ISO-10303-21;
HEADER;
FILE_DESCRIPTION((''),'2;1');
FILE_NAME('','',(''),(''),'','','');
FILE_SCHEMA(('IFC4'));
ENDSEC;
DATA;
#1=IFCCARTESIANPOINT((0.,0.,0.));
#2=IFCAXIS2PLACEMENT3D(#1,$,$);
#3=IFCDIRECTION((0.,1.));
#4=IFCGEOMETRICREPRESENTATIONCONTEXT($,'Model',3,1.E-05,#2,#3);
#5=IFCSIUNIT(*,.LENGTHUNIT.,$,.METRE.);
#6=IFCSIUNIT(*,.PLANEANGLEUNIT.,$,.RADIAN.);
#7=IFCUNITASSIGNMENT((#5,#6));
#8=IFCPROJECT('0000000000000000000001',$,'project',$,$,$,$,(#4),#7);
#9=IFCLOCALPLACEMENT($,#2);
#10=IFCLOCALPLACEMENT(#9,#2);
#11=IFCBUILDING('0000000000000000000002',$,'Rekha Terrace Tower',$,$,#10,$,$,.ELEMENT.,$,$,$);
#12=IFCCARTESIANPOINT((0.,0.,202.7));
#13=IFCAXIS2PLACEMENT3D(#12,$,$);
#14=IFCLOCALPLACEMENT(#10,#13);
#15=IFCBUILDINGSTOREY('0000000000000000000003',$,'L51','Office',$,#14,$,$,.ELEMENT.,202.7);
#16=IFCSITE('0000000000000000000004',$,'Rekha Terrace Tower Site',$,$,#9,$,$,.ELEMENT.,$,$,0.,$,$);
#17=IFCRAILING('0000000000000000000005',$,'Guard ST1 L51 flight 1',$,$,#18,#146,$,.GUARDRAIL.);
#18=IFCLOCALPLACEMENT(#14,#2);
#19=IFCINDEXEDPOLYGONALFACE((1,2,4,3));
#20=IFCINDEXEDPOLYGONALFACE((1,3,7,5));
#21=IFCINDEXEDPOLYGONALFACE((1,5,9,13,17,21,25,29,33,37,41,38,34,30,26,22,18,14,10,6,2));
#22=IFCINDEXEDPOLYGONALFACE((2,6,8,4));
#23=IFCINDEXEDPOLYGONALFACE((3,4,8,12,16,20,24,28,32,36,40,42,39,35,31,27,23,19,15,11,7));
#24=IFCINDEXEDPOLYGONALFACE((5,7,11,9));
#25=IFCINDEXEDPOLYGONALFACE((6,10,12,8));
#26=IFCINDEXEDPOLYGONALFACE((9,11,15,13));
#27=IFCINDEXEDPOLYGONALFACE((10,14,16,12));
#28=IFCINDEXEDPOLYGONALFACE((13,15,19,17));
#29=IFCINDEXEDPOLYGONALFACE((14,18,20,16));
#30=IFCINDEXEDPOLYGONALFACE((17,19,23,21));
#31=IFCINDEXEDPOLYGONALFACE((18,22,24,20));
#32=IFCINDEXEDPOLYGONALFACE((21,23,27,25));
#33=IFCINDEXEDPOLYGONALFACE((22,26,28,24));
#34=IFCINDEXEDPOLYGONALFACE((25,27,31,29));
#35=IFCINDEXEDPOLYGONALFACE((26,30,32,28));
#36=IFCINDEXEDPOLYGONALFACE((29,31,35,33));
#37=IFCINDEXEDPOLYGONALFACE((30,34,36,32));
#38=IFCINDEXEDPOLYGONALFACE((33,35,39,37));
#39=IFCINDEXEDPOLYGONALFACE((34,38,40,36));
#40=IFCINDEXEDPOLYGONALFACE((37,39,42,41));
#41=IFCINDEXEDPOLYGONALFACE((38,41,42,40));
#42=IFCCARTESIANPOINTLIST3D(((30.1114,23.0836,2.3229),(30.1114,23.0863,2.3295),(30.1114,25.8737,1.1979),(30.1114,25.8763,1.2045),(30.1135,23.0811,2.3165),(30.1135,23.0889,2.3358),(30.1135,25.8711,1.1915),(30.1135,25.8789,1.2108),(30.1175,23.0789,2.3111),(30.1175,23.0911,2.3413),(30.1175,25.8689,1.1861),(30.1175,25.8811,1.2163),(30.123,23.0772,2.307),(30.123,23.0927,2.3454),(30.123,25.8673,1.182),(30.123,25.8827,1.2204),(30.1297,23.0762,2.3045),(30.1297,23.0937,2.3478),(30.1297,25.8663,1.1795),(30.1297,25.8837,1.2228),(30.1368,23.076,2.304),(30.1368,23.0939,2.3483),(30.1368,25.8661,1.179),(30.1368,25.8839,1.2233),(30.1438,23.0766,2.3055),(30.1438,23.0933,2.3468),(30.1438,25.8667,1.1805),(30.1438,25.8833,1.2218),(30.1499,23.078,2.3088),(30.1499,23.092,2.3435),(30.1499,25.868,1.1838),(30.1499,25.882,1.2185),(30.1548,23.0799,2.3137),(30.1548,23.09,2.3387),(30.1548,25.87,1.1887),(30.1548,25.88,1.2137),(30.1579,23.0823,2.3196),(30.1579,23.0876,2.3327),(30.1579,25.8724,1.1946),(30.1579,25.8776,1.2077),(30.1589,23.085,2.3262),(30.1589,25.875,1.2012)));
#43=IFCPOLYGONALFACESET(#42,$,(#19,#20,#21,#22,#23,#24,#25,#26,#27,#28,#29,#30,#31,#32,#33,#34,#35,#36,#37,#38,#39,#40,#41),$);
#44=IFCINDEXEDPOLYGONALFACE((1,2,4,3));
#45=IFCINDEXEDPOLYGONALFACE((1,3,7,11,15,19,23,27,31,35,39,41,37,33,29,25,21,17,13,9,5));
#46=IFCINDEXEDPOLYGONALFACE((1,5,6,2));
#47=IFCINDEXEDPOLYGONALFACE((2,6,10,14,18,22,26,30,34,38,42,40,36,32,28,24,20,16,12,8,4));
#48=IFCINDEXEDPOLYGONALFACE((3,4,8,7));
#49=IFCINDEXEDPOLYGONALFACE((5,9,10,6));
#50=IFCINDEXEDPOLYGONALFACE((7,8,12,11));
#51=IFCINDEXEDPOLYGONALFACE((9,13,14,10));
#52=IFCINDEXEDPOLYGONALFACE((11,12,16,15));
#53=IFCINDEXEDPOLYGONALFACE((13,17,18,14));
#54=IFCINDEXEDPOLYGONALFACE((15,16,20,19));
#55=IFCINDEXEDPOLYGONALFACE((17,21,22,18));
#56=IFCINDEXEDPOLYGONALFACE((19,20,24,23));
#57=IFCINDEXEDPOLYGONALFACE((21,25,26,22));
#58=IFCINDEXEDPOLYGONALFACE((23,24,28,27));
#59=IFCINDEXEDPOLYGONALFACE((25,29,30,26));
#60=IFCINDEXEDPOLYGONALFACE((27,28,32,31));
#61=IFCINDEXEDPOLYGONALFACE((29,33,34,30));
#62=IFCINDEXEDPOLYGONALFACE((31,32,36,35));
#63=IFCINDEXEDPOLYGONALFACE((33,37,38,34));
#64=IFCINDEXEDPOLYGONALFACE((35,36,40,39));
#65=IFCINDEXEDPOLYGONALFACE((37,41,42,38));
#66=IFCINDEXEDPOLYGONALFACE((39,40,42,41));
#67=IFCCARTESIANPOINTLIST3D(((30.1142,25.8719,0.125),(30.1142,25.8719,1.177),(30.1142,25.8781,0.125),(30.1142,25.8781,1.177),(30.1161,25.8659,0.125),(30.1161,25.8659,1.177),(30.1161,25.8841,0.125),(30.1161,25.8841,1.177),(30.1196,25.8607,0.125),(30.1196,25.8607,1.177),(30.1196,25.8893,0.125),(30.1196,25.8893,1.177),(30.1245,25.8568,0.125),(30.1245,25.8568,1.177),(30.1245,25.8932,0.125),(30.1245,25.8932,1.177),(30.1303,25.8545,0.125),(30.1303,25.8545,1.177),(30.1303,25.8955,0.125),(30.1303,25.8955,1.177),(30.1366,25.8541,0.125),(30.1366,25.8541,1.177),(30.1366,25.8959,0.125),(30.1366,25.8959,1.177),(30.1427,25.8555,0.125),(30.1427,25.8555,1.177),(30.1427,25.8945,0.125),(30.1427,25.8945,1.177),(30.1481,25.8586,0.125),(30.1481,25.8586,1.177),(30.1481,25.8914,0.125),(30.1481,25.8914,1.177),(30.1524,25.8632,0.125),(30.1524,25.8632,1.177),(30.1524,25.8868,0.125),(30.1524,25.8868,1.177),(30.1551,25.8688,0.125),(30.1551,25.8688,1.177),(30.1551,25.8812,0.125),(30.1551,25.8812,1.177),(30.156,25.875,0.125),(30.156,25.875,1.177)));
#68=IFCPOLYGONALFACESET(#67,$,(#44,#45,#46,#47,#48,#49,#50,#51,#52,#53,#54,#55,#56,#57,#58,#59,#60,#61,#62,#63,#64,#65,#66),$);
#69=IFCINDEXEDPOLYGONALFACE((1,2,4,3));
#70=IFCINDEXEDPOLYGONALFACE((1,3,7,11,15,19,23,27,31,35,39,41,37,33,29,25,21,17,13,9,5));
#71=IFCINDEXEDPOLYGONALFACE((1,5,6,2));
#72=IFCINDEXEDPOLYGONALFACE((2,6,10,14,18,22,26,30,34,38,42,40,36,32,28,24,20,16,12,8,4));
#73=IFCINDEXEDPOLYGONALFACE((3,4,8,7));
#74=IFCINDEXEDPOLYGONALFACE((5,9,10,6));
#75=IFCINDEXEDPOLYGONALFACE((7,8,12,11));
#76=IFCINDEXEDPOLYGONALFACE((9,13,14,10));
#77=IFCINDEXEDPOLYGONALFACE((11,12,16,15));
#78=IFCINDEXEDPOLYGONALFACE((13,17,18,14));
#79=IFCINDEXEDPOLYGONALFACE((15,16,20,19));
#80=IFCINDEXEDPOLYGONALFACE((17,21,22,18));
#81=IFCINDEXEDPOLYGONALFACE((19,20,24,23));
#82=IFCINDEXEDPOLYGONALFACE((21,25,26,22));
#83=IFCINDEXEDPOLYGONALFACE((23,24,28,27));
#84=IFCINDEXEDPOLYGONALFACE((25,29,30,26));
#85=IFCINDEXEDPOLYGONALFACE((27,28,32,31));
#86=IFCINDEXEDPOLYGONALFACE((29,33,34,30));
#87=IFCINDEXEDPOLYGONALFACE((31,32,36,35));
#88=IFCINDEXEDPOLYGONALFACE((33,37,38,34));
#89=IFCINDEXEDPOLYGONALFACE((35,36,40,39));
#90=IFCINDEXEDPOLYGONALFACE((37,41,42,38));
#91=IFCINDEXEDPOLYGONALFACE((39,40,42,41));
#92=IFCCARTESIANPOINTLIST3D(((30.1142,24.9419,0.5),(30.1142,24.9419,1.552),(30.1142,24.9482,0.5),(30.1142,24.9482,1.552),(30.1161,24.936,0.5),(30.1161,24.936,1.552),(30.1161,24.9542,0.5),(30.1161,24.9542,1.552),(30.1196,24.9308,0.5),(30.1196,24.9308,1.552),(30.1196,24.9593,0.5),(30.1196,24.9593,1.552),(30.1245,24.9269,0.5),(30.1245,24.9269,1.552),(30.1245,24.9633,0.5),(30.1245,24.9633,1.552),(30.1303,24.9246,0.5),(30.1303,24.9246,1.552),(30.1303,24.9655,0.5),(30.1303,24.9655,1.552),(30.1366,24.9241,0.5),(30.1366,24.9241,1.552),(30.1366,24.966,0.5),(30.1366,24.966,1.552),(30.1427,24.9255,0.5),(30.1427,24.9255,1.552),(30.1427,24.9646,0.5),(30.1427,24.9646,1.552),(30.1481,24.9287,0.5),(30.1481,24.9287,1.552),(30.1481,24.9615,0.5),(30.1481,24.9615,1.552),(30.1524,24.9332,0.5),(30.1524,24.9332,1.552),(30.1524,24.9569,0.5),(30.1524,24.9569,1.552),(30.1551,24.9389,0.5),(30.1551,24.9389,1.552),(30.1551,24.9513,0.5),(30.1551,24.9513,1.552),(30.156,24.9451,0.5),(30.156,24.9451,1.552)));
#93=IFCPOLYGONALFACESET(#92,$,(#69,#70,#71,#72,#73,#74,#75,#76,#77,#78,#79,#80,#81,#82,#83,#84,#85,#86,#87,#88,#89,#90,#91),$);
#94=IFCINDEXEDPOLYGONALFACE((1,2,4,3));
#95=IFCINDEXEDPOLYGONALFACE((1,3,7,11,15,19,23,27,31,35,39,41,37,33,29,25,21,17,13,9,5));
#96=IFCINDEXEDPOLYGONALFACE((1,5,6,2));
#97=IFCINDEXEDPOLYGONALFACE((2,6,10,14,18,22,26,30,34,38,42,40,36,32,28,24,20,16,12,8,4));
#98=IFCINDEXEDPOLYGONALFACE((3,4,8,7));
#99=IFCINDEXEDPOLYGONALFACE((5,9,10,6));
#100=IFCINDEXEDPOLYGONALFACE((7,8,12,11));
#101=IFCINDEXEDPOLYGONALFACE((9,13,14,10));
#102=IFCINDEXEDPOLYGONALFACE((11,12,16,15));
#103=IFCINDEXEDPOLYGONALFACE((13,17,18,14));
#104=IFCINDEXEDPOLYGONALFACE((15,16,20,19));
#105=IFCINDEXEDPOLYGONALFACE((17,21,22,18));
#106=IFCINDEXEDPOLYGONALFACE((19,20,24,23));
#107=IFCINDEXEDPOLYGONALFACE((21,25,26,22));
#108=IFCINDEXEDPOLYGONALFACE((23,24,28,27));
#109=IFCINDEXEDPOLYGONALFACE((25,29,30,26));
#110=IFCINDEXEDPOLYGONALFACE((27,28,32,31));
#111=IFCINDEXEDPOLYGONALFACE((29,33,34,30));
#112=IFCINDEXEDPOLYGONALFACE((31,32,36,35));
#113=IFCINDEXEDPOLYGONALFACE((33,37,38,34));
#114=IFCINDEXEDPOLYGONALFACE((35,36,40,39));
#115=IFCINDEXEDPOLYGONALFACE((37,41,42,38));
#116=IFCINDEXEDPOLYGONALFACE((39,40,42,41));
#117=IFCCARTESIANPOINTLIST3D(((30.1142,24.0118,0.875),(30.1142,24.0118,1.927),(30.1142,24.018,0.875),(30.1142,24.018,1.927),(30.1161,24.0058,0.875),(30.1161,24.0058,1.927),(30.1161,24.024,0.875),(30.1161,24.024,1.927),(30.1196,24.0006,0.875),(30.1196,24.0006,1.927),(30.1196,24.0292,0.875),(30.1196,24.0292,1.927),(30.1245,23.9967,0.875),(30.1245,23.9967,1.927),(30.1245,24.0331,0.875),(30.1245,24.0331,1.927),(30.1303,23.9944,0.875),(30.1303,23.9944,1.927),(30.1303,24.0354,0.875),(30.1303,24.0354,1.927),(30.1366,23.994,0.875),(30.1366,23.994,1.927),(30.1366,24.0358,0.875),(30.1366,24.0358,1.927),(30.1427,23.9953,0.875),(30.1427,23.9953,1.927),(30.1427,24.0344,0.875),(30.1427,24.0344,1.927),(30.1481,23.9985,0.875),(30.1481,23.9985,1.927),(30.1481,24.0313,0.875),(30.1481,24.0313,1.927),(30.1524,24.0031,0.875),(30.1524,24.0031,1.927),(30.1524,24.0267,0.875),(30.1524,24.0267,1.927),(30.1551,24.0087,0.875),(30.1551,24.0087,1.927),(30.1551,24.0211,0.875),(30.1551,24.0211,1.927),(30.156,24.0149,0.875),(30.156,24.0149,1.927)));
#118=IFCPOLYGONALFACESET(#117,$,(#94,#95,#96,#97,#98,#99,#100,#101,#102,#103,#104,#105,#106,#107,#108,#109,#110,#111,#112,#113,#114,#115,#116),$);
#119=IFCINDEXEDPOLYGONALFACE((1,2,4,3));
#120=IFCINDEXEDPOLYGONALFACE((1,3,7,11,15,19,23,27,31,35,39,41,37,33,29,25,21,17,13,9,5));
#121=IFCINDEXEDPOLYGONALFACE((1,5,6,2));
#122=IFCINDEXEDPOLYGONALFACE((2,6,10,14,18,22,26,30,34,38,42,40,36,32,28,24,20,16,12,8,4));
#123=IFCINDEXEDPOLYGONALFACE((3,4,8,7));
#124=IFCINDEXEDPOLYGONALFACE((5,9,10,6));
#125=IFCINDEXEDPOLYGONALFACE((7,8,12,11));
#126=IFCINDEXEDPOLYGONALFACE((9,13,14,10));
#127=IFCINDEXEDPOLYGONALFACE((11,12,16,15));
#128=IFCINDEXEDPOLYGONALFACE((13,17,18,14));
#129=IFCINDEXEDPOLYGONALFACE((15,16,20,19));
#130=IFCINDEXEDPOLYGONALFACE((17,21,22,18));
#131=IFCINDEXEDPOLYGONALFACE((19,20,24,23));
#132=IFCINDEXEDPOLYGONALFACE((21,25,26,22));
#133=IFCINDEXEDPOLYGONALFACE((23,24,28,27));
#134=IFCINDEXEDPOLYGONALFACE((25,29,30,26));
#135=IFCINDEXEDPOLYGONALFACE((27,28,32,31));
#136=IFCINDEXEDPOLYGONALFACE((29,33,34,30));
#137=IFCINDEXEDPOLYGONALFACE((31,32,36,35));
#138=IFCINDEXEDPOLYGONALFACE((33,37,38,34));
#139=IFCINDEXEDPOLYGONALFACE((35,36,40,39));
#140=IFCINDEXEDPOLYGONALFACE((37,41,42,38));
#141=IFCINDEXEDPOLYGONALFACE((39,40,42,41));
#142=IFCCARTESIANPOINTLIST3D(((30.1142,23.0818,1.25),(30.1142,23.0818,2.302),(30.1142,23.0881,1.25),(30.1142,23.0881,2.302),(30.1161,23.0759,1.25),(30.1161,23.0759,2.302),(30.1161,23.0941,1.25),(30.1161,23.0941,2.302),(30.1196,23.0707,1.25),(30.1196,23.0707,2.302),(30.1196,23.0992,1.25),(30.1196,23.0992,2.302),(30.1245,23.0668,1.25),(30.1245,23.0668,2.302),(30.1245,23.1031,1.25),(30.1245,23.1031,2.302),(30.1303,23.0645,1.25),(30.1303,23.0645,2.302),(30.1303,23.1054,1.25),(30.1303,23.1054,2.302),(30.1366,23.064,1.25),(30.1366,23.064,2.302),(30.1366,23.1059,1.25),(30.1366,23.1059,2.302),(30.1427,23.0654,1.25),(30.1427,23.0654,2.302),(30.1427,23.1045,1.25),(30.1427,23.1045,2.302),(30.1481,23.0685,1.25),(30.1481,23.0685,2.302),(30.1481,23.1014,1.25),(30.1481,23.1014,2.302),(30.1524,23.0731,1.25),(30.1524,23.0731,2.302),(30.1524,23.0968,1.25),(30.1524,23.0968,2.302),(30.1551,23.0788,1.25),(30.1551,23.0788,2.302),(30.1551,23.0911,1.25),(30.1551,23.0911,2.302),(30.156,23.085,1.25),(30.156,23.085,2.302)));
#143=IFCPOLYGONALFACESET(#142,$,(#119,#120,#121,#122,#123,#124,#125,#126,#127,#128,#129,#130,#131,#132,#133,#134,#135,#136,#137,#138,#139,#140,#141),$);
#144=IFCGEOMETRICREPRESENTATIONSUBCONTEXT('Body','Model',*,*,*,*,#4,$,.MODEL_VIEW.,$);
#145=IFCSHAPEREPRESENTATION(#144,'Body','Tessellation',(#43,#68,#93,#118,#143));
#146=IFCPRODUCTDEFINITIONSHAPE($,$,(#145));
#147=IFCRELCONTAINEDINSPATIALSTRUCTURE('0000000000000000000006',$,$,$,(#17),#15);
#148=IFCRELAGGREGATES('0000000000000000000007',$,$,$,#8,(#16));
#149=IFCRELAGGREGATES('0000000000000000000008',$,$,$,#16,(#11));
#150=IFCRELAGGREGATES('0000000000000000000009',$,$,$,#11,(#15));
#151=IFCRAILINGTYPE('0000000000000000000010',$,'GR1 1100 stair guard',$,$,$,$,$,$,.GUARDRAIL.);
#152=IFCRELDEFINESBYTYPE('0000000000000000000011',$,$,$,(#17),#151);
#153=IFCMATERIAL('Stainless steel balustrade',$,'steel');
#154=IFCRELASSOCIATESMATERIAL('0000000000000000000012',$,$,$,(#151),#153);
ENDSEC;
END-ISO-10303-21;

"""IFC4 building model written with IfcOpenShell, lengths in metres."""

from ifc_helpers import new_model, si_unit, direction, frame, origin, origin_2d, place, context, subcontext, project, spatial, circle, extrude, material, type_object, element, save


model = new_model("IFC4")

# Units and contexts
model_context = context("Model", 3, precision=1e-05, world=origin(), true_north=direction((0.0, 1.0)))
body_context = subcontext(model_context, "Body", "Model", "MODEL_VIEW")
ifc_project = project(units=[si_unit("LENGTHUNIT", "METRE"), si_unit("PLANEANGLEUNIT", "RADIAN")], contexts=[model_context])

# Site, building, storey
site_placement = place(None, origin())
site = spatial("IfcSite", under=ifc_project, at=site_placement, Name="Rekha Terrace Tower Site", CompositionType="ELEMENT", RefElevation=0.0)
building_placement = place(site_placement, origin())
building = spatial("IfcBuilding", under=site, at=building_placement, Name="Rekha Terrace Tower", CompositionType="ELEMENT")
storey_placement = place(building_placement, frame((0.0, 0.0, 202.7)))
storey = spatial("IfcBuildingStorey", under=building, at=storey_placement, Name="L51", Description="Office", CompositionType="ELEMENT", Elevation=202.7)

# Railing
ifc_material_1 = material(Name="Stainless steel balustrade", Category="steel")
railing_type_1 = type_object("IfcRailingType", Name="GR1 1100 stair guard", PredefinedType="GUARDRAIL", material=ifc_material_1)
railing_1_placement = place(storey_placement, frame((30.135, 25.875, 0.125)))
element("IfcRailing", 1, at=railing_1_placement, inside=storey, type_object=railing_type_1, Name="Guard ST1 L51 flight 1", PredefinedType="GUARDRAIL", context=body_context, shape_type="SweptSolid", body=[
    extrude(circle(Radius=0.0239, at=origin_2d()), frame((0.0, 0.0, 1.0762), z_axis=(0.0, -0.927443, 0.373964), x_axis=(1.0, 0.0, 0.0)), (0.0, 0.0, 1.0), 3.0083),
    extrude(circle(Radius=0.021, at=origin_2d()), origin(), (0.0, 0.0, 1.0), 1.052),
    extrude(circle(Radius=0.021, at=origin_2d()), frame((0.0, -0.9299, 0.375)), (0.0, 0.0, 1.0), 1.052),
    extrude(circle(Radius=0.021, at=origin_2d()), frame((0.0, -1.8601, 0.75)), (0.0, 0.0, 1.0), 1.052),
    extrude(circle(Radius=0.021, at=origin_2d()), frame((0.0, -2.79, 1.125)), (0.0, 0.0, 1.0), 1.052),
])

save(model, "model.ifc")
